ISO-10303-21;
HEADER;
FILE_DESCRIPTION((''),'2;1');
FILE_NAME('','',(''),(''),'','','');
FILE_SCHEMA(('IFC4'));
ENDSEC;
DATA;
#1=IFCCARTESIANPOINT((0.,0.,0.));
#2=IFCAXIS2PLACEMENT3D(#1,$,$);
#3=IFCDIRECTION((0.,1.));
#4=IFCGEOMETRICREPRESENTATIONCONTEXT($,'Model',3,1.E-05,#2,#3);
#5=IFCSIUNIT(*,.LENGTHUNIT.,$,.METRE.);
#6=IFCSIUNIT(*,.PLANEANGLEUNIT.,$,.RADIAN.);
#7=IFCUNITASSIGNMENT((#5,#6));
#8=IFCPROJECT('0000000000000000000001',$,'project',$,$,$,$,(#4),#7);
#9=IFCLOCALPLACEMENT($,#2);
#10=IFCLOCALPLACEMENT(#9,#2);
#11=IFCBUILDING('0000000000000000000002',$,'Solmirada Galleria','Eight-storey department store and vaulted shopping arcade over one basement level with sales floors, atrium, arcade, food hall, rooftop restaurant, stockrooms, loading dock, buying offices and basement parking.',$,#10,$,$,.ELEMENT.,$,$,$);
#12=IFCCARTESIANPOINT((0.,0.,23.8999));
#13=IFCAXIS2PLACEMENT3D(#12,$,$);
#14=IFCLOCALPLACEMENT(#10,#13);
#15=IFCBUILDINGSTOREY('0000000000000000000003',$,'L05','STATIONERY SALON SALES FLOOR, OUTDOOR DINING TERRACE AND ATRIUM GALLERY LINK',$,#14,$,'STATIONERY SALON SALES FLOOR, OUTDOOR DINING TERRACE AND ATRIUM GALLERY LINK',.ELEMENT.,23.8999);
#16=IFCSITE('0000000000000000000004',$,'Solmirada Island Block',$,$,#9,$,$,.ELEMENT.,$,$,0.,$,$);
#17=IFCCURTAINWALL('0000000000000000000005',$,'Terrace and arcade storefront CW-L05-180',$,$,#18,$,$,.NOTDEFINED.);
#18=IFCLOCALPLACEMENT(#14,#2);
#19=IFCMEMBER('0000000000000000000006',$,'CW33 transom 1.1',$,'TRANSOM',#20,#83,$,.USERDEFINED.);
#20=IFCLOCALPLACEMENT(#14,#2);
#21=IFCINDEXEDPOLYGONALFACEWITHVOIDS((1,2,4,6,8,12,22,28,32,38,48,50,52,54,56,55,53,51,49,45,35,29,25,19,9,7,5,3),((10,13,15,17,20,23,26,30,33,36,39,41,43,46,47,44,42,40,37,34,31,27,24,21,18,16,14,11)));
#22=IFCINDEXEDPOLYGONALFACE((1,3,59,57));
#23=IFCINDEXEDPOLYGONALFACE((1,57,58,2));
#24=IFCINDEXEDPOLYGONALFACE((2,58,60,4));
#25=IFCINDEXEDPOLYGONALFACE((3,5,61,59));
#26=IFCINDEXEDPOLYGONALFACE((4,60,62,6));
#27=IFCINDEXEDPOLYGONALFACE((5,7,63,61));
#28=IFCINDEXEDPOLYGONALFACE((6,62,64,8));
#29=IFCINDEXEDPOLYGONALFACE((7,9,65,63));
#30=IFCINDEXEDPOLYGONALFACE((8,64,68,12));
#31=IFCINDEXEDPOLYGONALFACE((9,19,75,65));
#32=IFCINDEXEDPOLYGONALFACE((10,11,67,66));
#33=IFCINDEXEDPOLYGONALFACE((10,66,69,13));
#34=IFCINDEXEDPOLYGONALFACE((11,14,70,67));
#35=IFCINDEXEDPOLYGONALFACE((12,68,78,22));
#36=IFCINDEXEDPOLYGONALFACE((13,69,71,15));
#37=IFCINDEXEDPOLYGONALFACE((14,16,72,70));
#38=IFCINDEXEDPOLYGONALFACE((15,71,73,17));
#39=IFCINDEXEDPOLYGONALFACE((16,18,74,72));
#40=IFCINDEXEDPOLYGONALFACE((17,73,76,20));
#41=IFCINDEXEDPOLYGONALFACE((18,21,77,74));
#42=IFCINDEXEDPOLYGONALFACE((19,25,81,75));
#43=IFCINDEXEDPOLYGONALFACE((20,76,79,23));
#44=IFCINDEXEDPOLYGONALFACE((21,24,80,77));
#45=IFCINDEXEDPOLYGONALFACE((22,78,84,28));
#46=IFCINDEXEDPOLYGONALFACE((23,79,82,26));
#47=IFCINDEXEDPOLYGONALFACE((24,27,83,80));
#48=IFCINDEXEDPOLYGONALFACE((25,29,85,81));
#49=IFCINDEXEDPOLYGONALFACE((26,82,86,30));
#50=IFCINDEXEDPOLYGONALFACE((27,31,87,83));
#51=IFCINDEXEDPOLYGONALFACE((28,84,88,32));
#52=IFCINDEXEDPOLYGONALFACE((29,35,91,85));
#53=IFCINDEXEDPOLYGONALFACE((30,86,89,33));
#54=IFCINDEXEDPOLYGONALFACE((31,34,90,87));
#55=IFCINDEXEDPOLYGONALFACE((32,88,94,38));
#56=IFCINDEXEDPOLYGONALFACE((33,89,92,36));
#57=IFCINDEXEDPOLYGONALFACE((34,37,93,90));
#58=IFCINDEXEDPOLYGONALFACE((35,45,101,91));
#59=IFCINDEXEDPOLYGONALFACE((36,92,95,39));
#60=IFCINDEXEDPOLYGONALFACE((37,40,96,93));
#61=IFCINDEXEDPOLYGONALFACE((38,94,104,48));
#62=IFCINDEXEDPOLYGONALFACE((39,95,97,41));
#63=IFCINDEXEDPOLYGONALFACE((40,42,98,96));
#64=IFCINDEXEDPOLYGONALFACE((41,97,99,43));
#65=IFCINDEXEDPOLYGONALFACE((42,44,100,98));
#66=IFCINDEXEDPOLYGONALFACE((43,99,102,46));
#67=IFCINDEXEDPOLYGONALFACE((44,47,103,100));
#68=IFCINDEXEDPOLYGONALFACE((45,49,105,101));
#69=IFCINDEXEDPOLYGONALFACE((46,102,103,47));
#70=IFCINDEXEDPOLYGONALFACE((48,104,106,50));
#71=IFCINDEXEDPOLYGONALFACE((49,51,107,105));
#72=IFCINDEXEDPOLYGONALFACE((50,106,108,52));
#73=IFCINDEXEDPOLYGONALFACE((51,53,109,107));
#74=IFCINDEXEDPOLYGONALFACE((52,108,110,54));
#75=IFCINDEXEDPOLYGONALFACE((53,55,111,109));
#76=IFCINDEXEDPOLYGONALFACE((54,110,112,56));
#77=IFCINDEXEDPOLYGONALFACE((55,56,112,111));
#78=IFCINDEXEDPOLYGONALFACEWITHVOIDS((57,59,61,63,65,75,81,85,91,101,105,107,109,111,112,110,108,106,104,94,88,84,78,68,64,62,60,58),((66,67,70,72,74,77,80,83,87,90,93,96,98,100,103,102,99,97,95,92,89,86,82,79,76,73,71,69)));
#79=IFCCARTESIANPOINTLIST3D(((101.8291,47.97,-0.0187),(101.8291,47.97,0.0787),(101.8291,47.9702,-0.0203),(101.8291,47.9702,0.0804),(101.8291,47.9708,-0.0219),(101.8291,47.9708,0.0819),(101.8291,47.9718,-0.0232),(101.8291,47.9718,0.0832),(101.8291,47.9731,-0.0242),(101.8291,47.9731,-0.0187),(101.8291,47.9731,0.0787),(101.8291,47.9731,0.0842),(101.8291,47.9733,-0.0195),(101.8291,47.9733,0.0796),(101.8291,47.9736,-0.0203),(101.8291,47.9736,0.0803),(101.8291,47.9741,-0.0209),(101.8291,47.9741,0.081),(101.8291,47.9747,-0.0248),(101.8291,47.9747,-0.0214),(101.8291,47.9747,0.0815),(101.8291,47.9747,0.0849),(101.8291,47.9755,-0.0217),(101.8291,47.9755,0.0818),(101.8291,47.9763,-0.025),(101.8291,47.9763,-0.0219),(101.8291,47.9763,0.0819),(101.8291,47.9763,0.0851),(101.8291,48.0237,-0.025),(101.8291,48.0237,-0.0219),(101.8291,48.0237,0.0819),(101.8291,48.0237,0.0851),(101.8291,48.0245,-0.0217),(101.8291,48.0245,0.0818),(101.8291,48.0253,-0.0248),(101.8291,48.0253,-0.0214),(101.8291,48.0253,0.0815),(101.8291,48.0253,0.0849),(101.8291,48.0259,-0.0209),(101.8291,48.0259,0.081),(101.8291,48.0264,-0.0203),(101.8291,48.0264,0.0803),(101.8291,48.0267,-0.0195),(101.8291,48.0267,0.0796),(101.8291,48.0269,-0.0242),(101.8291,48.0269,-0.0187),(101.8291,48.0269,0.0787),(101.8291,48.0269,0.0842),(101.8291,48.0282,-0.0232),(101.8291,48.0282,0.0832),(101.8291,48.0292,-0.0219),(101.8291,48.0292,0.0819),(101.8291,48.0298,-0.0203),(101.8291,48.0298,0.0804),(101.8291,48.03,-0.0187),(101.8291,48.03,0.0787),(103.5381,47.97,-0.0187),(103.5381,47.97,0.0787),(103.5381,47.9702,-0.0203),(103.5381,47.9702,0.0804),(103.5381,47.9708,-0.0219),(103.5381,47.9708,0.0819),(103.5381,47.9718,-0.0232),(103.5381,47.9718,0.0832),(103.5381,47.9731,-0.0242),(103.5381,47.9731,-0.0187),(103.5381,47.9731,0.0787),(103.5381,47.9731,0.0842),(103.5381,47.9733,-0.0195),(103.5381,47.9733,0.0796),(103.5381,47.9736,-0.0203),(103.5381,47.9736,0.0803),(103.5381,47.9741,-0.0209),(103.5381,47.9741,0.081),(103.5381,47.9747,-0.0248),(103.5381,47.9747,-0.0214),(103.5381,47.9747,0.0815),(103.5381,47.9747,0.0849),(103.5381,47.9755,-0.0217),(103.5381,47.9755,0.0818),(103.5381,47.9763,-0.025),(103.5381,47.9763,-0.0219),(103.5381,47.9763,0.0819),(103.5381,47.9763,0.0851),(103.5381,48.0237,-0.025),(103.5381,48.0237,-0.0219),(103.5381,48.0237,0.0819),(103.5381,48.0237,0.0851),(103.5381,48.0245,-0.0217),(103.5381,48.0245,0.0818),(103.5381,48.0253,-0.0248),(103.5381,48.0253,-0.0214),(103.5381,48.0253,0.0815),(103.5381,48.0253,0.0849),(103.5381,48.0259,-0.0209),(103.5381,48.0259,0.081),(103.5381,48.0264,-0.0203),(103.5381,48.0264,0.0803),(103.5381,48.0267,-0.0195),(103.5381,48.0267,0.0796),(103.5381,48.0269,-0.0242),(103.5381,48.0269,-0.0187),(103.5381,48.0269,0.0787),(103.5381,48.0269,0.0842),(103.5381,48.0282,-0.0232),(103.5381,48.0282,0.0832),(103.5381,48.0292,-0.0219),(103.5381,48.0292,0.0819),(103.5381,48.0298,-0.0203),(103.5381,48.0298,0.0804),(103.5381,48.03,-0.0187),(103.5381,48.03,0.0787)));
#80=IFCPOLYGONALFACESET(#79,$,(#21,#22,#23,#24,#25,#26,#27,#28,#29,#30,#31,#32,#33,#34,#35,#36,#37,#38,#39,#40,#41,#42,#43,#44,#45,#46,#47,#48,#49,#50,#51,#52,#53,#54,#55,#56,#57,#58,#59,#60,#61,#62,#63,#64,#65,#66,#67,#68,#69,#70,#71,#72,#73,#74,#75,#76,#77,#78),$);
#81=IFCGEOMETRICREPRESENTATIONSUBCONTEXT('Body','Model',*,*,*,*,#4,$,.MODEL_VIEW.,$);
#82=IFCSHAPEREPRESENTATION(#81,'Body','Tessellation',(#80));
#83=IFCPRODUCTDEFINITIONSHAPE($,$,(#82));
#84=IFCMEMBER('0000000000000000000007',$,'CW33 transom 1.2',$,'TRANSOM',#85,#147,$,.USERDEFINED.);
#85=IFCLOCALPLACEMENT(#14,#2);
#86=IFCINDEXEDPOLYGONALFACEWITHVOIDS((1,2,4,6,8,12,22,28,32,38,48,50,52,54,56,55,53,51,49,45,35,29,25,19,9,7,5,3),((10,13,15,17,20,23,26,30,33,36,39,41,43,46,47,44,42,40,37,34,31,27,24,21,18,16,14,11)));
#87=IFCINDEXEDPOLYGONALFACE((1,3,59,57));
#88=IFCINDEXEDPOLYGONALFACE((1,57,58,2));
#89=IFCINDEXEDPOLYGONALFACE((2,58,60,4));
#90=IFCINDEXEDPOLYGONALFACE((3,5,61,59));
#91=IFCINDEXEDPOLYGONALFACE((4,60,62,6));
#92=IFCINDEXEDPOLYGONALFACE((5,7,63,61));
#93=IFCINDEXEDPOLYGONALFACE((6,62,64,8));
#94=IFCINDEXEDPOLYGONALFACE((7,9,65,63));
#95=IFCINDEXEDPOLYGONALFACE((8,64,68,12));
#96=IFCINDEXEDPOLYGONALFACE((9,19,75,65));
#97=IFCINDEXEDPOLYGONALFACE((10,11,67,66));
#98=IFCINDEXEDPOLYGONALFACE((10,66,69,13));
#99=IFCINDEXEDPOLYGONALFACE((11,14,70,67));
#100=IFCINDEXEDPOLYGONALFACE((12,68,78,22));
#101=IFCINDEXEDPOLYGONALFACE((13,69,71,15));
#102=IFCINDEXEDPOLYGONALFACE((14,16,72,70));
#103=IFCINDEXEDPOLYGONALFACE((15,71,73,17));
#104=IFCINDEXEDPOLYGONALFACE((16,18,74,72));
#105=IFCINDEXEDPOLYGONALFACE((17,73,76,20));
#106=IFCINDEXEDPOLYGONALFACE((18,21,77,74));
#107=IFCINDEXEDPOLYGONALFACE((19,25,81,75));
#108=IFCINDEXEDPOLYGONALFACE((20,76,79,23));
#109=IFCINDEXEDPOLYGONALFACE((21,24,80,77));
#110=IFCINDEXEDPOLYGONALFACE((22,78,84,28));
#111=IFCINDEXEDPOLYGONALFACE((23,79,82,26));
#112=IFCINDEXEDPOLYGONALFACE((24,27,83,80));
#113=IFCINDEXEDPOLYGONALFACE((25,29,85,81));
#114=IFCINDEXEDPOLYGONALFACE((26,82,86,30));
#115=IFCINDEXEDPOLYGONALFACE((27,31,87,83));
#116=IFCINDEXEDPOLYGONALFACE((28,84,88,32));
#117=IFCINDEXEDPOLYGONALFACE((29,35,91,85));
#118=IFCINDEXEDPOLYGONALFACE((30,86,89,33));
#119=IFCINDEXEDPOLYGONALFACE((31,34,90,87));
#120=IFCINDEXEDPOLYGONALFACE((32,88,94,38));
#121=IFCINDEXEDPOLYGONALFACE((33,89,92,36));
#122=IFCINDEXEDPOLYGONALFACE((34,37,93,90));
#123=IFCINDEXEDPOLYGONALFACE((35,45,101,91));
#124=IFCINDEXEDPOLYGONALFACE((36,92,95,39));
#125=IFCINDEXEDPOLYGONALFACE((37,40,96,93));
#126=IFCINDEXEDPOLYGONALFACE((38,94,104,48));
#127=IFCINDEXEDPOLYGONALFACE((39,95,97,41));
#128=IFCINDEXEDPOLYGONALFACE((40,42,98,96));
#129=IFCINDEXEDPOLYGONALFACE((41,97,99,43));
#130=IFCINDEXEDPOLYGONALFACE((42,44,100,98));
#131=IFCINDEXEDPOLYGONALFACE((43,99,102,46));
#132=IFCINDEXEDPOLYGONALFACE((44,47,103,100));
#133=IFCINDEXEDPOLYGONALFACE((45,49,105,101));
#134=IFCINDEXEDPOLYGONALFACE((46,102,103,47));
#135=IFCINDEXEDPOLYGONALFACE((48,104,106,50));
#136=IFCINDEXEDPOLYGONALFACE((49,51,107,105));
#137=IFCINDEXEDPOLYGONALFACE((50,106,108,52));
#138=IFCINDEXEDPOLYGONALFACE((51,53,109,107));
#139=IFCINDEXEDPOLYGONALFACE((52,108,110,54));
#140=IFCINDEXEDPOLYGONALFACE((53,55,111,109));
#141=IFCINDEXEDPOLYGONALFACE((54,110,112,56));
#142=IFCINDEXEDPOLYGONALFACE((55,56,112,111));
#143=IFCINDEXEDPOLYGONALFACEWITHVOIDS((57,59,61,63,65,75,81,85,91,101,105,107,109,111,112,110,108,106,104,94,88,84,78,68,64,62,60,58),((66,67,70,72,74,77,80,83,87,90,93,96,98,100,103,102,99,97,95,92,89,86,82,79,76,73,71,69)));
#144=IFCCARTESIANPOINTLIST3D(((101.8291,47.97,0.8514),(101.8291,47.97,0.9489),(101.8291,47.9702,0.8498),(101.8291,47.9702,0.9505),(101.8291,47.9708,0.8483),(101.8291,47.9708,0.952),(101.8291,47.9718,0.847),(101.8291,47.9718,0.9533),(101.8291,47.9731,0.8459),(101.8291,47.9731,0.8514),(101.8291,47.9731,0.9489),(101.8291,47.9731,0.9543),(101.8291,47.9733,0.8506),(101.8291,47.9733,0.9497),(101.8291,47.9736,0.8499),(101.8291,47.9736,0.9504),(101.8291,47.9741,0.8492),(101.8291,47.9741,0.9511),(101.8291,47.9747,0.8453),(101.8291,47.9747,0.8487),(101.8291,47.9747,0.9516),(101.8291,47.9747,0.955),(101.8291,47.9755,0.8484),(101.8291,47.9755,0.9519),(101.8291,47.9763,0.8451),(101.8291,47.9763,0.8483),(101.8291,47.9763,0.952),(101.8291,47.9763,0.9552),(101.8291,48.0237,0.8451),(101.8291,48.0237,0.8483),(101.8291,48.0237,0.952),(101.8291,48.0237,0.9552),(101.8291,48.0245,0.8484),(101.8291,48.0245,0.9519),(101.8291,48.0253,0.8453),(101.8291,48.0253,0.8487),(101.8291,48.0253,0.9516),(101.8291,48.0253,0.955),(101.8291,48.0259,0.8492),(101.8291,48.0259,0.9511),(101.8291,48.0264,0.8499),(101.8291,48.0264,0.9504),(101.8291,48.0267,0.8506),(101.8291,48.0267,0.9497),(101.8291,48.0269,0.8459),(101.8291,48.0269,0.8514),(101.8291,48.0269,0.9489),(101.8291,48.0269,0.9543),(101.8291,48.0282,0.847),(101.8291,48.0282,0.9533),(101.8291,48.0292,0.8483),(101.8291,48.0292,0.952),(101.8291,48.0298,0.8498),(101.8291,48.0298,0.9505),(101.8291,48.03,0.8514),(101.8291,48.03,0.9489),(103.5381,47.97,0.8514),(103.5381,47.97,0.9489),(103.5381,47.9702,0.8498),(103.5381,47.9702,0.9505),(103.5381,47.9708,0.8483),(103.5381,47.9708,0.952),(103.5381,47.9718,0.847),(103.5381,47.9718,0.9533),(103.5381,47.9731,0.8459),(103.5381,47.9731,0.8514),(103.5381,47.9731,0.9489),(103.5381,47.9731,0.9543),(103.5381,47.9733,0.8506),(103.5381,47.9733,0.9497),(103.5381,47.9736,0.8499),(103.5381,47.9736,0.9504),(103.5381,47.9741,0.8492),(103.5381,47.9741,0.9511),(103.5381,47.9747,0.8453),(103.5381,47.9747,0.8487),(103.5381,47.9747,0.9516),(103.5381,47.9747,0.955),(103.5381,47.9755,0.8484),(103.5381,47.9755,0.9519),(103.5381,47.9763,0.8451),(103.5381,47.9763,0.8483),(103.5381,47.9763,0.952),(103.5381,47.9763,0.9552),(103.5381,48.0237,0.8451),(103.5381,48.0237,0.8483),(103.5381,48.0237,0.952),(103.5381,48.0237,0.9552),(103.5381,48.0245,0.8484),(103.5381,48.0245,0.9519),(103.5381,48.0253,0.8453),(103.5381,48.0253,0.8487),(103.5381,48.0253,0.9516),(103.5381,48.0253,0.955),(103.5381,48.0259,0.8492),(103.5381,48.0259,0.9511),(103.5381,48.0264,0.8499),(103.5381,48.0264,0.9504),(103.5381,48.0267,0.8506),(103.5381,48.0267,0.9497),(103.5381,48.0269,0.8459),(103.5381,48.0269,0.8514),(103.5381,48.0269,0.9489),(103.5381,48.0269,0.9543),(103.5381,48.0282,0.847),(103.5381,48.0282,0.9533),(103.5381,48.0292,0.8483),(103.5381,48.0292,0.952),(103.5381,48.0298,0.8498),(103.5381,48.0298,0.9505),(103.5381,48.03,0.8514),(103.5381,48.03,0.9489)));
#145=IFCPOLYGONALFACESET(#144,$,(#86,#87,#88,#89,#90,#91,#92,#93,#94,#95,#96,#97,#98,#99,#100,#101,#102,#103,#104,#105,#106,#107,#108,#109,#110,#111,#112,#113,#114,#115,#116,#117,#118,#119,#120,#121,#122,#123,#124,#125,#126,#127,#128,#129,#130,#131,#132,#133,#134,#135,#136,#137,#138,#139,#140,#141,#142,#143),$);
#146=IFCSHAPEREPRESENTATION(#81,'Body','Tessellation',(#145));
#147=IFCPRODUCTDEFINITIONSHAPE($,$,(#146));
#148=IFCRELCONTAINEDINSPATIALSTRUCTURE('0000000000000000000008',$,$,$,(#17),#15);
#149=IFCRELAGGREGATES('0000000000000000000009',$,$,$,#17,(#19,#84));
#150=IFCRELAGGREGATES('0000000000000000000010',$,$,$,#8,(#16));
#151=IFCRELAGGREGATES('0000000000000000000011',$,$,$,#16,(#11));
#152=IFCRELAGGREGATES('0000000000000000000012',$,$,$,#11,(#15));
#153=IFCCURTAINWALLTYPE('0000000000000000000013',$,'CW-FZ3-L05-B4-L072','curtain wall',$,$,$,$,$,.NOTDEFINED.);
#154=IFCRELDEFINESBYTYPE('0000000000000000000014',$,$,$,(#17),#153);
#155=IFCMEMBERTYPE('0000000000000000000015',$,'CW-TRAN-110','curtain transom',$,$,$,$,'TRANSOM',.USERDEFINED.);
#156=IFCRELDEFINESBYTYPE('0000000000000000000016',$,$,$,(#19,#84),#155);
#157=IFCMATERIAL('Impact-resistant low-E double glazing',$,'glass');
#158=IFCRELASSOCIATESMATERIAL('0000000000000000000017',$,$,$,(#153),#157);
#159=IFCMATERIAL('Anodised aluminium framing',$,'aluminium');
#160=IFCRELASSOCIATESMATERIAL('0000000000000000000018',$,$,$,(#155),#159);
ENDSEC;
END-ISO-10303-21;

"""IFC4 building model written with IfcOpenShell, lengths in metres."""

from ifc_helpers import new_model, si_unit, direction, frame, origin, origin_2d, place, context, subcontext, project, spatial, hollow_rectangle, extrude, material, material_profile, profile_set, type_object, element, aggregate, save


model = new_model("IFC4")

# Units and contexts
model_context = context("Model", 3, precision=1e-05, world=origin(), true_north=direction((0.0, 1.0)))
body_context = subcontext(model_context, "Body", "Model", "MODEL_VIEW")
ifc_project = project(units=[si_unit("LENGTHUNIT", "METRE"), si_unit("PLANEANGLEUNIT", "RADIAN")], contexts=[model_context])

# Site, building, storey
site_placement = place(None, origin())
site = spatial("IfcSite", under=ifc_project, at=site_placement, Name="Solmirada Island Block", CompositionType="ELEMENT", RefElevation=0.0)
building_placement = place(site_placement, origin())
building = spatial("IfcBuilding", under=site, at=building_placement, Name="Solmirada Galleria", Description="Eight-storey department store and vaulted shopping arcade over one basement level with sales floors, atrium, arcade, food hall, rooftop restaurant, stockrooms, loading dock, buying offices and basement parking.", CompositionType="ELEMENT")
storey_placement = place(building_placement, frame((0.0, 0.0, 23.8999)))
storey = spatial("IfcBuildingStorey", under=building, at=storey_placement, Name="L05", Description="STATIONERY SALON SALES FLOOR, OUTDOOR DINING TERRACE AND ATRIUM GALLERY LINK", LongName="STATIONERY SALON SALES FLOOR, OUTDOOR DINING TERRACE AND ATRIUM GALLERY LINK", CompositionType="ELEMENT", Elevation=23.8999)

# Curtain wall, members
ifc_material_1 = material(Name="Impact-resistant low-E double glazing", Category="glass")
curtain_wall_type = type_object("IfcCurtainWallType", Name="CW-FZ3-L05-B4-L072", Description="curtain wall", PredefinedType="NOTDEFINED", material=ifc_material_1)
curtain_wall_placement = place(storey_placement, origin())
curtain_wall = element("IfcCurtainWall", 1, at=curtain_wall_placement, inside=storey, type_object=curtain_wall_type, Name="Terrace and arcade storefront CW-L05-180", PredefinedType="NOTDEFINED")
ifc_material_2 = material(Name="Anodised aluminium framing", Category="aluminium")
ifc_material_profile_1 = material_profile(ifc_material_2, hollow_rectangle(XDim=0.0601, YDim=0.1101, WallThickness=0.0032, InnerFilletRadius=0.0032, OuterFilletRadius=0.0063, at=origin_2d()), Name="ALU-TRAN-110X60")
ifc_profile_set_1 = profile_set([ifc_material_profile_1], Name="Anodised aluminium framing")
member_type_1 = type_object("IfcMemberType", Name="CW-TRAN-110", Description="curtain transom", ElementType="TRANSOM", PredefinedType="USERDEFINED", material=ifc_profile_set_1)
member_1_placement = place(storey_placement, frame((103.5381, 48.0, 0.03), z_axis=(-1.0, 0.0, 0.0), x_axis=(0.0, -1.0, 0.0)))
member_1 = element("IfcMember", 2, at=member_1_placement, type_object=member_type_1, Name="CW33 transom 1.1", ObjectType="TRANSOM", PredefinedType="USERDEFINED", context=body_context, shape_type="SweptSolid", body=[
    extrude(hollow_rectangle(XDim=0.0601, YDim=0.1101, WallThickness=0.0032, InnerFilletRadius=0.0032, OuterFilletRadius=0.0063, at=origin_2d()), origin(), (0.0, 0.0, 1.0), 1.709),
])
member_2_placement = place(storey_placement, frame((103.5381, 48.0, 0.9001), z_axis=(-1.0, 0.0, 0.0), x_axis=(0.0, -1.0, 0.0)))
member_2 = element("IfcMember", 3, at=member_2_placement, type_object=member_type_1, Name="CW33 transom 1.2", ObjectType="TRANSOM", PredefinedType="USERDEFINED", context=body_context, shape_type="SweptSolid", body=[
    extrude(hollow_rectangle(XDim=0.0601, YDim=0.1101, WallThickness=0.0032, InnerFilletRadius=0.0032, OuterFilletRadius=0.0063, at=origin_2d()), origin(), (0.0, 0.0, 1.0), 1.709),
])
aggregate(curtain_wall, [member_1, member_2])

save(model, "model.ifc")
